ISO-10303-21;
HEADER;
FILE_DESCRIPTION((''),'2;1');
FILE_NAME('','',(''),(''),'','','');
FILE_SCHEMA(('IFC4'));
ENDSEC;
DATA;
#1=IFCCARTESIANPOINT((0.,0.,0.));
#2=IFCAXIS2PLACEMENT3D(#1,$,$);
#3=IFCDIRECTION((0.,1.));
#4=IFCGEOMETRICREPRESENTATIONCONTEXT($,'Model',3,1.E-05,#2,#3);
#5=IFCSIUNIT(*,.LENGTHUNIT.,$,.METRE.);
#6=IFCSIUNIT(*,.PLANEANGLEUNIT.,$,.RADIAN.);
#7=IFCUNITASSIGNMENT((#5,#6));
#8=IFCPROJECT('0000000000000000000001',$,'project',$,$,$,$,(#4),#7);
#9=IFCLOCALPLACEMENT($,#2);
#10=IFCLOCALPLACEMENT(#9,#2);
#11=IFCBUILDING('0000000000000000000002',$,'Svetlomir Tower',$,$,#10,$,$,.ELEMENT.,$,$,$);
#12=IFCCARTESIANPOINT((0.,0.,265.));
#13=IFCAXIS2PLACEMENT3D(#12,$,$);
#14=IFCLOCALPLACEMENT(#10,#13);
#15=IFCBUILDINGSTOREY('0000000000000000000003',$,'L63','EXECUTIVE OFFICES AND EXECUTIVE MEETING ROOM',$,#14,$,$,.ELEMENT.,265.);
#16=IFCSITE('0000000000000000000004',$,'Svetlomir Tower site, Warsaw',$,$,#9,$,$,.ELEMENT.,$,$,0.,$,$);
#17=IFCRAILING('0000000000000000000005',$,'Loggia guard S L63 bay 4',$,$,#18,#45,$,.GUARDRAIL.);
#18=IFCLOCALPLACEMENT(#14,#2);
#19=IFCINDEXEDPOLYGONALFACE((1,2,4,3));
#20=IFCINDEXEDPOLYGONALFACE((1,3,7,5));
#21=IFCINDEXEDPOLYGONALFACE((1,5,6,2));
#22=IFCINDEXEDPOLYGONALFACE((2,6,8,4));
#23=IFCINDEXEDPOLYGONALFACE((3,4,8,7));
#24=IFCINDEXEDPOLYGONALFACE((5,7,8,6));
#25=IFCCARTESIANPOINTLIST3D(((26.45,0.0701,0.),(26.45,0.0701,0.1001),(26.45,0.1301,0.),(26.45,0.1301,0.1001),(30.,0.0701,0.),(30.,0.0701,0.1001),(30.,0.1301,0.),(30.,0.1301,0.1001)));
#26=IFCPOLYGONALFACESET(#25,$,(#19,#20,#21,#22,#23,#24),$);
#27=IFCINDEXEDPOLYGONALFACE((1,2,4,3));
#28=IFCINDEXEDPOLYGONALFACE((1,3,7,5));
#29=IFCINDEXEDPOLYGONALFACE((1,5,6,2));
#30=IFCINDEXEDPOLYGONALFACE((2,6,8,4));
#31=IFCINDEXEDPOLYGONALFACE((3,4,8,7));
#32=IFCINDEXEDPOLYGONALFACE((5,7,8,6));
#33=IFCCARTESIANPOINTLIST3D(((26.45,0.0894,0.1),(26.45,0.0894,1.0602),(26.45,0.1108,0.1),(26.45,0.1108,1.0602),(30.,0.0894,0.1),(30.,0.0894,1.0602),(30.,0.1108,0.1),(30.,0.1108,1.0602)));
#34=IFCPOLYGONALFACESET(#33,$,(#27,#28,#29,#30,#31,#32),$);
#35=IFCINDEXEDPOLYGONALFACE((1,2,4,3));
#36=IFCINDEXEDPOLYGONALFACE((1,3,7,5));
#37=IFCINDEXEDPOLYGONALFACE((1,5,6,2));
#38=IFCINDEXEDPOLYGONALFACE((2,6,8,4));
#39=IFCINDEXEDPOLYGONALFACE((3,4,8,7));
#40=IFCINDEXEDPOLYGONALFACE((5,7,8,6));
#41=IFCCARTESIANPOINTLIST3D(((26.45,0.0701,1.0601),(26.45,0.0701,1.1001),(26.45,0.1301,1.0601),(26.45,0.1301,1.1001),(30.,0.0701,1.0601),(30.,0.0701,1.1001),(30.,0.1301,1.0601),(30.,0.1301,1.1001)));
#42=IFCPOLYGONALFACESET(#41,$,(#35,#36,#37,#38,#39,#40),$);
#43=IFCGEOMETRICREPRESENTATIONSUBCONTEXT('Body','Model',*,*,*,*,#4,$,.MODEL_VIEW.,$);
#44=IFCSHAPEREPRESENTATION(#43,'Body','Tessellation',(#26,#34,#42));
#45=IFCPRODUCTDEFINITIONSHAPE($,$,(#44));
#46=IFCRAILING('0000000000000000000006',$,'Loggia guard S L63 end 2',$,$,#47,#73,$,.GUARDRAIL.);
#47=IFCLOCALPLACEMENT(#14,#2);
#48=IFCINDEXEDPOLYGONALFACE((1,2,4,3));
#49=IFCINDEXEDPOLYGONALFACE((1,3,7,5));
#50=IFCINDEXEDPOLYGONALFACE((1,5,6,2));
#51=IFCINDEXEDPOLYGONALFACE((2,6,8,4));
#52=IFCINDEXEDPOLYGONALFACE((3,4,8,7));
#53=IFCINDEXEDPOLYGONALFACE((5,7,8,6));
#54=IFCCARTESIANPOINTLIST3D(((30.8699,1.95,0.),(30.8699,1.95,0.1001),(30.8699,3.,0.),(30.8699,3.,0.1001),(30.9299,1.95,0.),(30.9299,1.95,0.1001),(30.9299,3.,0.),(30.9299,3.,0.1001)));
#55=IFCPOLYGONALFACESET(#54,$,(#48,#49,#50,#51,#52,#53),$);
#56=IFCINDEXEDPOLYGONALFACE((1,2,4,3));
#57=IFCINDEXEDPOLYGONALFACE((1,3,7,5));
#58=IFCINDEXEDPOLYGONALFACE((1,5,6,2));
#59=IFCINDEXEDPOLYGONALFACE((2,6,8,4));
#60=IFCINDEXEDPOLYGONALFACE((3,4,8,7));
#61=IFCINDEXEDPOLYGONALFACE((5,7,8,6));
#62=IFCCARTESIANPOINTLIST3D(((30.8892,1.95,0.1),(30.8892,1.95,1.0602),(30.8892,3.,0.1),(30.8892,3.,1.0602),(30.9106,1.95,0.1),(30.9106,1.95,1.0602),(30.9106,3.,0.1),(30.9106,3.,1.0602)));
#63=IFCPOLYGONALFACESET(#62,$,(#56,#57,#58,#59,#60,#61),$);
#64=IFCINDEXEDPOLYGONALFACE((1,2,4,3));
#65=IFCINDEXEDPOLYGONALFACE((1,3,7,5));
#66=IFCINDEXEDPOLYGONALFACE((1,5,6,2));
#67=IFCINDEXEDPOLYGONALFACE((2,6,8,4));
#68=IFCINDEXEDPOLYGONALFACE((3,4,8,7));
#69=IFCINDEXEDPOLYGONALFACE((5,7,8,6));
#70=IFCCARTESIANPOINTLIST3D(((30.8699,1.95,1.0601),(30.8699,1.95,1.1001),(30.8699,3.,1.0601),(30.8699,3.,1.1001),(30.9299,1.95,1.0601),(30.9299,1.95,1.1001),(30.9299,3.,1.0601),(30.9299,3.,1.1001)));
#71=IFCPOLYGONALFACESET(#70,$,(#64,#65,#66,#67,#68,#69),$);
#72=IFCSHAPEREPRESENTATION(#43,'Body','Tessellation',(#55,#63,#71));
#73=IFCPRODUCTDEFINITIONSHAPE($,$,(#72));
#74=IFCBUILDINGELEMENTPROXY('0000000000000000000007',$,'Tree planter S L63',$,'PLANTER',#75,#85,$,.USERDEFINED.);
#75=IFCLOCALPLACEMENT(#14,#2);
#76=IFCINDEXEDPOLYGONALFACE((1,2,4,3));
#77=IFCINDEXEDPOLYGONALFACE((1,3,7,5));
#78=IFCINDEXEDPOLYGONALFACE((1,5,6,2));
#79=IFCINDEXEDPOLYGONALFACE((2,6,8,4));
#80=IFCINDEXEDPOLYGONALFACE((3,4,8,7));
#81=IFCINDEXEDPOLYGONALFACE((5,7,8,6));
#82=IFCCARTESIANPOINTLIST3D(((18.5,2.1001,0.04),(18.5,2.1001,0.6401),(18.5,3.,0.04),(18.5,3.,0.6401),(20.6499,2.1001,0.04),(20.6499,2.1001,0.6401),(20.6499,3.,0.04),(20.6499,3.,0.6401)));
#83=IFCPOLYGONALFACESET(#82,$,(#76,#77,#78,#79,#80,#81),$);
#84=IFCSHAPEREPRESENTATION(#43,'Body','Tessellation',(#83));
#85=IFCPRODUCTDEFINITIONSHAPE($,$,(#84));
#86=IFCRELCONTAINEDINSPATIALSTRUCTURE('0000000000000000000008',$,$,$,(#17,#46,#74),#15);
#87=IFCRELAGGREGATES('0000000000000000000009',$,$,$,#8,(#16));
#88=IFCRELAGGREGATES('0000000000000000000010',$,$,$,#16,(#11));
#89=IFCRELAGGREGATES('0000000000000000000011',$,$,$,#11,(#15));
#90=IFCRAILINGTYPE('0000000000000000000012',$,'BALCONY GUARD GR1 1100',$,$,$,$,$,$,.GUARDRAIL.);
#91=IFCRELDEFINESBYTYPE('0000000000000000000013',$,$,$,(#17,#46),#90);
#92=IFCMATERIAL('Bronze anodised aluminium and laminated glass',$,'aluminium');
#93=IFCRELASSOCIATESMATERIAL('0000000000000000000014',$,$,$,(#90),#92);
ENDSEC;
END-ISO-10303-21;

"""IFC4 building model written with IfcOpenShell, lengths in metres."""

from ifc_helpers import new_model, si_unit, direction, frame, origin, origin_2d, place, context, subcontext, project, spatial, rectangle, extrude, material, type_object, element, save


model = new_model("IFC4")

# Units and contexts
model_context = context("Model", 3, precision=1e-05, world=origin(), true_north=direction((0.0, 1.0)))
body_context = subcontext(model_context, "Body", "Model", "MODEL_VIEW")
ifc_project = project(units=[si_unit("LENGTHUNIT", "METRE"), si_unit("PLANEANGLEUNIT", "RADIAN")], contexts=[model_context])

# Site, building, storey
site_placement = place(None, origin())
site = spatial("IfcSite", under=ifc_project, at=site_placement, Name="Svetlomir Tower site, Warsaw", CompositionType="ELEMENT", RefElevation=0.0)
building_placement = place(site_placement, origin())
building = spatial("IfcBuilding", under=site, at=building_placement, Name="Svetlomir Tower", CompositionType="ELEMENT")
storey_placement = place(building_placement, frame((0.0, 0.0, 265.0)))
storey = spatial("IfcBuildingStorey", under=building, at=storey_placement, Name="L63", Description="EXECUTIVE OFFICES AND EXECUTIVE MEETING ROOM", CompositionType="ELEMENT", Elevation=265.0)

# Railings
ifc_material_1 = material(Name="Bronze anodised aluminium and laminated glass", Category="aluminium")
railing_type = type_object("IfcRailingType", Name="BALCONY GUARD GR1 1100", PredefinedType="GUARDRAIL", material=ifc_material_1)
for number, where, name in (
    (1, (26.45, 0.1001, 0.0), "Loggia guard S L63 bay 4"),
):
    element("IfcRailing", number, at=place(storey_placement, frame(where)), inside=storey, type_object=railing_type, Name=name, PredefinedType="GUARDRAIL", context=body_context, shape_type="SweptSolid", body=[
        extrude(rectangle(XDim=0.0601, YDim=0.1001, at=origin_2d()), frame((0.0, 0.0, 0.05), z_axis=(1.0, 0.0, 0.0), x_axis=(0.0, 1.0, 0.0)), (0.0, 0.0, 1.0), 3.55),
        extrude(rectangle(XDim=0.0215, YDim=0.9602, at=origin_2d()), frame((0.0, 0.0, 0.5801), z_axis=(1.0, 0.0, 0.0), x_axis=(0.0, 1.0, 0.0)), (0.0, 0.0, 1.0), 3.55),
        extrude(rectangle(XDim=0.0601, YDim=0.04, at=origin_2d()), frame((0.0, 0.0, 1.0801), z_axis=(1.0, 0.0, 0.0), x_axis=(0.0, 1.0, 0.0)), (0.0, 0.0, 1.0), 3.55),
    ])
railing_placement = place(storey_placement, frame((30.8999, 1.95, 0.0)))
element("IfcRailing", 2, at=railing_placement, inside=storey, type_object=railing_type, Name="Loggia guard S L63 end 2", PredefinedType="GUARDRAIL", context=body_context, shape_type="SweptSolid", body=[
    extrude(rectangle(XDim=0.0601, YDim=0.1001, at=origin_2d()), frame((0.0, 0.0, 0.05), z_axis=(0.0, 1.0, 0.0), x_axis=(-1.0, 0.0, 0.0)), (0.0, 0.0, 1.0), 1.05),
    extrude(rectangle(XDim=0.0215, YDim=0.9602, at=origin_2d()), frame((0.0, 0.0, 0.5801), z_axis=(0.0, 1.0, 0.0), x_axis=(-1.0, 0.0, 0.0)), (0.0, 0.0, 1.0), 1.05),
    extrude(rectangle(XDim=0.0601, YDim=0.04, at=origin_2d()), frame((0.0, 0.0, 1.0801), z_axis=(0.0, 1.0, 0.0), x_axis=(-1.0, 0.0, 0.0)), (0.0, 0.0, 1.0), 1.05),
])

# Building element proxy
proxy_placement = place(storey_placement, frame((19.575, 2.55, 0.04), z_axis=(0.0, 0.0, 1.0), x_axis=(1.0, 0.0, 0.0)))
element("IfcBuildingElementProxy", 3, at=proxy_placement, inside=storey, Name="Tree planter S L63", ObjectType="PLANTER", PredefinedType="USERDEFINED", context=body_context, shape_type="SweptSolid", body=[
    extrude(rectangle(XDim=2.1499, YDim=0.8999, at=origin_2d()), origin(), (0.0, 0.0, 1.0), 0.6001),
])

save(model, "model.ifc")
